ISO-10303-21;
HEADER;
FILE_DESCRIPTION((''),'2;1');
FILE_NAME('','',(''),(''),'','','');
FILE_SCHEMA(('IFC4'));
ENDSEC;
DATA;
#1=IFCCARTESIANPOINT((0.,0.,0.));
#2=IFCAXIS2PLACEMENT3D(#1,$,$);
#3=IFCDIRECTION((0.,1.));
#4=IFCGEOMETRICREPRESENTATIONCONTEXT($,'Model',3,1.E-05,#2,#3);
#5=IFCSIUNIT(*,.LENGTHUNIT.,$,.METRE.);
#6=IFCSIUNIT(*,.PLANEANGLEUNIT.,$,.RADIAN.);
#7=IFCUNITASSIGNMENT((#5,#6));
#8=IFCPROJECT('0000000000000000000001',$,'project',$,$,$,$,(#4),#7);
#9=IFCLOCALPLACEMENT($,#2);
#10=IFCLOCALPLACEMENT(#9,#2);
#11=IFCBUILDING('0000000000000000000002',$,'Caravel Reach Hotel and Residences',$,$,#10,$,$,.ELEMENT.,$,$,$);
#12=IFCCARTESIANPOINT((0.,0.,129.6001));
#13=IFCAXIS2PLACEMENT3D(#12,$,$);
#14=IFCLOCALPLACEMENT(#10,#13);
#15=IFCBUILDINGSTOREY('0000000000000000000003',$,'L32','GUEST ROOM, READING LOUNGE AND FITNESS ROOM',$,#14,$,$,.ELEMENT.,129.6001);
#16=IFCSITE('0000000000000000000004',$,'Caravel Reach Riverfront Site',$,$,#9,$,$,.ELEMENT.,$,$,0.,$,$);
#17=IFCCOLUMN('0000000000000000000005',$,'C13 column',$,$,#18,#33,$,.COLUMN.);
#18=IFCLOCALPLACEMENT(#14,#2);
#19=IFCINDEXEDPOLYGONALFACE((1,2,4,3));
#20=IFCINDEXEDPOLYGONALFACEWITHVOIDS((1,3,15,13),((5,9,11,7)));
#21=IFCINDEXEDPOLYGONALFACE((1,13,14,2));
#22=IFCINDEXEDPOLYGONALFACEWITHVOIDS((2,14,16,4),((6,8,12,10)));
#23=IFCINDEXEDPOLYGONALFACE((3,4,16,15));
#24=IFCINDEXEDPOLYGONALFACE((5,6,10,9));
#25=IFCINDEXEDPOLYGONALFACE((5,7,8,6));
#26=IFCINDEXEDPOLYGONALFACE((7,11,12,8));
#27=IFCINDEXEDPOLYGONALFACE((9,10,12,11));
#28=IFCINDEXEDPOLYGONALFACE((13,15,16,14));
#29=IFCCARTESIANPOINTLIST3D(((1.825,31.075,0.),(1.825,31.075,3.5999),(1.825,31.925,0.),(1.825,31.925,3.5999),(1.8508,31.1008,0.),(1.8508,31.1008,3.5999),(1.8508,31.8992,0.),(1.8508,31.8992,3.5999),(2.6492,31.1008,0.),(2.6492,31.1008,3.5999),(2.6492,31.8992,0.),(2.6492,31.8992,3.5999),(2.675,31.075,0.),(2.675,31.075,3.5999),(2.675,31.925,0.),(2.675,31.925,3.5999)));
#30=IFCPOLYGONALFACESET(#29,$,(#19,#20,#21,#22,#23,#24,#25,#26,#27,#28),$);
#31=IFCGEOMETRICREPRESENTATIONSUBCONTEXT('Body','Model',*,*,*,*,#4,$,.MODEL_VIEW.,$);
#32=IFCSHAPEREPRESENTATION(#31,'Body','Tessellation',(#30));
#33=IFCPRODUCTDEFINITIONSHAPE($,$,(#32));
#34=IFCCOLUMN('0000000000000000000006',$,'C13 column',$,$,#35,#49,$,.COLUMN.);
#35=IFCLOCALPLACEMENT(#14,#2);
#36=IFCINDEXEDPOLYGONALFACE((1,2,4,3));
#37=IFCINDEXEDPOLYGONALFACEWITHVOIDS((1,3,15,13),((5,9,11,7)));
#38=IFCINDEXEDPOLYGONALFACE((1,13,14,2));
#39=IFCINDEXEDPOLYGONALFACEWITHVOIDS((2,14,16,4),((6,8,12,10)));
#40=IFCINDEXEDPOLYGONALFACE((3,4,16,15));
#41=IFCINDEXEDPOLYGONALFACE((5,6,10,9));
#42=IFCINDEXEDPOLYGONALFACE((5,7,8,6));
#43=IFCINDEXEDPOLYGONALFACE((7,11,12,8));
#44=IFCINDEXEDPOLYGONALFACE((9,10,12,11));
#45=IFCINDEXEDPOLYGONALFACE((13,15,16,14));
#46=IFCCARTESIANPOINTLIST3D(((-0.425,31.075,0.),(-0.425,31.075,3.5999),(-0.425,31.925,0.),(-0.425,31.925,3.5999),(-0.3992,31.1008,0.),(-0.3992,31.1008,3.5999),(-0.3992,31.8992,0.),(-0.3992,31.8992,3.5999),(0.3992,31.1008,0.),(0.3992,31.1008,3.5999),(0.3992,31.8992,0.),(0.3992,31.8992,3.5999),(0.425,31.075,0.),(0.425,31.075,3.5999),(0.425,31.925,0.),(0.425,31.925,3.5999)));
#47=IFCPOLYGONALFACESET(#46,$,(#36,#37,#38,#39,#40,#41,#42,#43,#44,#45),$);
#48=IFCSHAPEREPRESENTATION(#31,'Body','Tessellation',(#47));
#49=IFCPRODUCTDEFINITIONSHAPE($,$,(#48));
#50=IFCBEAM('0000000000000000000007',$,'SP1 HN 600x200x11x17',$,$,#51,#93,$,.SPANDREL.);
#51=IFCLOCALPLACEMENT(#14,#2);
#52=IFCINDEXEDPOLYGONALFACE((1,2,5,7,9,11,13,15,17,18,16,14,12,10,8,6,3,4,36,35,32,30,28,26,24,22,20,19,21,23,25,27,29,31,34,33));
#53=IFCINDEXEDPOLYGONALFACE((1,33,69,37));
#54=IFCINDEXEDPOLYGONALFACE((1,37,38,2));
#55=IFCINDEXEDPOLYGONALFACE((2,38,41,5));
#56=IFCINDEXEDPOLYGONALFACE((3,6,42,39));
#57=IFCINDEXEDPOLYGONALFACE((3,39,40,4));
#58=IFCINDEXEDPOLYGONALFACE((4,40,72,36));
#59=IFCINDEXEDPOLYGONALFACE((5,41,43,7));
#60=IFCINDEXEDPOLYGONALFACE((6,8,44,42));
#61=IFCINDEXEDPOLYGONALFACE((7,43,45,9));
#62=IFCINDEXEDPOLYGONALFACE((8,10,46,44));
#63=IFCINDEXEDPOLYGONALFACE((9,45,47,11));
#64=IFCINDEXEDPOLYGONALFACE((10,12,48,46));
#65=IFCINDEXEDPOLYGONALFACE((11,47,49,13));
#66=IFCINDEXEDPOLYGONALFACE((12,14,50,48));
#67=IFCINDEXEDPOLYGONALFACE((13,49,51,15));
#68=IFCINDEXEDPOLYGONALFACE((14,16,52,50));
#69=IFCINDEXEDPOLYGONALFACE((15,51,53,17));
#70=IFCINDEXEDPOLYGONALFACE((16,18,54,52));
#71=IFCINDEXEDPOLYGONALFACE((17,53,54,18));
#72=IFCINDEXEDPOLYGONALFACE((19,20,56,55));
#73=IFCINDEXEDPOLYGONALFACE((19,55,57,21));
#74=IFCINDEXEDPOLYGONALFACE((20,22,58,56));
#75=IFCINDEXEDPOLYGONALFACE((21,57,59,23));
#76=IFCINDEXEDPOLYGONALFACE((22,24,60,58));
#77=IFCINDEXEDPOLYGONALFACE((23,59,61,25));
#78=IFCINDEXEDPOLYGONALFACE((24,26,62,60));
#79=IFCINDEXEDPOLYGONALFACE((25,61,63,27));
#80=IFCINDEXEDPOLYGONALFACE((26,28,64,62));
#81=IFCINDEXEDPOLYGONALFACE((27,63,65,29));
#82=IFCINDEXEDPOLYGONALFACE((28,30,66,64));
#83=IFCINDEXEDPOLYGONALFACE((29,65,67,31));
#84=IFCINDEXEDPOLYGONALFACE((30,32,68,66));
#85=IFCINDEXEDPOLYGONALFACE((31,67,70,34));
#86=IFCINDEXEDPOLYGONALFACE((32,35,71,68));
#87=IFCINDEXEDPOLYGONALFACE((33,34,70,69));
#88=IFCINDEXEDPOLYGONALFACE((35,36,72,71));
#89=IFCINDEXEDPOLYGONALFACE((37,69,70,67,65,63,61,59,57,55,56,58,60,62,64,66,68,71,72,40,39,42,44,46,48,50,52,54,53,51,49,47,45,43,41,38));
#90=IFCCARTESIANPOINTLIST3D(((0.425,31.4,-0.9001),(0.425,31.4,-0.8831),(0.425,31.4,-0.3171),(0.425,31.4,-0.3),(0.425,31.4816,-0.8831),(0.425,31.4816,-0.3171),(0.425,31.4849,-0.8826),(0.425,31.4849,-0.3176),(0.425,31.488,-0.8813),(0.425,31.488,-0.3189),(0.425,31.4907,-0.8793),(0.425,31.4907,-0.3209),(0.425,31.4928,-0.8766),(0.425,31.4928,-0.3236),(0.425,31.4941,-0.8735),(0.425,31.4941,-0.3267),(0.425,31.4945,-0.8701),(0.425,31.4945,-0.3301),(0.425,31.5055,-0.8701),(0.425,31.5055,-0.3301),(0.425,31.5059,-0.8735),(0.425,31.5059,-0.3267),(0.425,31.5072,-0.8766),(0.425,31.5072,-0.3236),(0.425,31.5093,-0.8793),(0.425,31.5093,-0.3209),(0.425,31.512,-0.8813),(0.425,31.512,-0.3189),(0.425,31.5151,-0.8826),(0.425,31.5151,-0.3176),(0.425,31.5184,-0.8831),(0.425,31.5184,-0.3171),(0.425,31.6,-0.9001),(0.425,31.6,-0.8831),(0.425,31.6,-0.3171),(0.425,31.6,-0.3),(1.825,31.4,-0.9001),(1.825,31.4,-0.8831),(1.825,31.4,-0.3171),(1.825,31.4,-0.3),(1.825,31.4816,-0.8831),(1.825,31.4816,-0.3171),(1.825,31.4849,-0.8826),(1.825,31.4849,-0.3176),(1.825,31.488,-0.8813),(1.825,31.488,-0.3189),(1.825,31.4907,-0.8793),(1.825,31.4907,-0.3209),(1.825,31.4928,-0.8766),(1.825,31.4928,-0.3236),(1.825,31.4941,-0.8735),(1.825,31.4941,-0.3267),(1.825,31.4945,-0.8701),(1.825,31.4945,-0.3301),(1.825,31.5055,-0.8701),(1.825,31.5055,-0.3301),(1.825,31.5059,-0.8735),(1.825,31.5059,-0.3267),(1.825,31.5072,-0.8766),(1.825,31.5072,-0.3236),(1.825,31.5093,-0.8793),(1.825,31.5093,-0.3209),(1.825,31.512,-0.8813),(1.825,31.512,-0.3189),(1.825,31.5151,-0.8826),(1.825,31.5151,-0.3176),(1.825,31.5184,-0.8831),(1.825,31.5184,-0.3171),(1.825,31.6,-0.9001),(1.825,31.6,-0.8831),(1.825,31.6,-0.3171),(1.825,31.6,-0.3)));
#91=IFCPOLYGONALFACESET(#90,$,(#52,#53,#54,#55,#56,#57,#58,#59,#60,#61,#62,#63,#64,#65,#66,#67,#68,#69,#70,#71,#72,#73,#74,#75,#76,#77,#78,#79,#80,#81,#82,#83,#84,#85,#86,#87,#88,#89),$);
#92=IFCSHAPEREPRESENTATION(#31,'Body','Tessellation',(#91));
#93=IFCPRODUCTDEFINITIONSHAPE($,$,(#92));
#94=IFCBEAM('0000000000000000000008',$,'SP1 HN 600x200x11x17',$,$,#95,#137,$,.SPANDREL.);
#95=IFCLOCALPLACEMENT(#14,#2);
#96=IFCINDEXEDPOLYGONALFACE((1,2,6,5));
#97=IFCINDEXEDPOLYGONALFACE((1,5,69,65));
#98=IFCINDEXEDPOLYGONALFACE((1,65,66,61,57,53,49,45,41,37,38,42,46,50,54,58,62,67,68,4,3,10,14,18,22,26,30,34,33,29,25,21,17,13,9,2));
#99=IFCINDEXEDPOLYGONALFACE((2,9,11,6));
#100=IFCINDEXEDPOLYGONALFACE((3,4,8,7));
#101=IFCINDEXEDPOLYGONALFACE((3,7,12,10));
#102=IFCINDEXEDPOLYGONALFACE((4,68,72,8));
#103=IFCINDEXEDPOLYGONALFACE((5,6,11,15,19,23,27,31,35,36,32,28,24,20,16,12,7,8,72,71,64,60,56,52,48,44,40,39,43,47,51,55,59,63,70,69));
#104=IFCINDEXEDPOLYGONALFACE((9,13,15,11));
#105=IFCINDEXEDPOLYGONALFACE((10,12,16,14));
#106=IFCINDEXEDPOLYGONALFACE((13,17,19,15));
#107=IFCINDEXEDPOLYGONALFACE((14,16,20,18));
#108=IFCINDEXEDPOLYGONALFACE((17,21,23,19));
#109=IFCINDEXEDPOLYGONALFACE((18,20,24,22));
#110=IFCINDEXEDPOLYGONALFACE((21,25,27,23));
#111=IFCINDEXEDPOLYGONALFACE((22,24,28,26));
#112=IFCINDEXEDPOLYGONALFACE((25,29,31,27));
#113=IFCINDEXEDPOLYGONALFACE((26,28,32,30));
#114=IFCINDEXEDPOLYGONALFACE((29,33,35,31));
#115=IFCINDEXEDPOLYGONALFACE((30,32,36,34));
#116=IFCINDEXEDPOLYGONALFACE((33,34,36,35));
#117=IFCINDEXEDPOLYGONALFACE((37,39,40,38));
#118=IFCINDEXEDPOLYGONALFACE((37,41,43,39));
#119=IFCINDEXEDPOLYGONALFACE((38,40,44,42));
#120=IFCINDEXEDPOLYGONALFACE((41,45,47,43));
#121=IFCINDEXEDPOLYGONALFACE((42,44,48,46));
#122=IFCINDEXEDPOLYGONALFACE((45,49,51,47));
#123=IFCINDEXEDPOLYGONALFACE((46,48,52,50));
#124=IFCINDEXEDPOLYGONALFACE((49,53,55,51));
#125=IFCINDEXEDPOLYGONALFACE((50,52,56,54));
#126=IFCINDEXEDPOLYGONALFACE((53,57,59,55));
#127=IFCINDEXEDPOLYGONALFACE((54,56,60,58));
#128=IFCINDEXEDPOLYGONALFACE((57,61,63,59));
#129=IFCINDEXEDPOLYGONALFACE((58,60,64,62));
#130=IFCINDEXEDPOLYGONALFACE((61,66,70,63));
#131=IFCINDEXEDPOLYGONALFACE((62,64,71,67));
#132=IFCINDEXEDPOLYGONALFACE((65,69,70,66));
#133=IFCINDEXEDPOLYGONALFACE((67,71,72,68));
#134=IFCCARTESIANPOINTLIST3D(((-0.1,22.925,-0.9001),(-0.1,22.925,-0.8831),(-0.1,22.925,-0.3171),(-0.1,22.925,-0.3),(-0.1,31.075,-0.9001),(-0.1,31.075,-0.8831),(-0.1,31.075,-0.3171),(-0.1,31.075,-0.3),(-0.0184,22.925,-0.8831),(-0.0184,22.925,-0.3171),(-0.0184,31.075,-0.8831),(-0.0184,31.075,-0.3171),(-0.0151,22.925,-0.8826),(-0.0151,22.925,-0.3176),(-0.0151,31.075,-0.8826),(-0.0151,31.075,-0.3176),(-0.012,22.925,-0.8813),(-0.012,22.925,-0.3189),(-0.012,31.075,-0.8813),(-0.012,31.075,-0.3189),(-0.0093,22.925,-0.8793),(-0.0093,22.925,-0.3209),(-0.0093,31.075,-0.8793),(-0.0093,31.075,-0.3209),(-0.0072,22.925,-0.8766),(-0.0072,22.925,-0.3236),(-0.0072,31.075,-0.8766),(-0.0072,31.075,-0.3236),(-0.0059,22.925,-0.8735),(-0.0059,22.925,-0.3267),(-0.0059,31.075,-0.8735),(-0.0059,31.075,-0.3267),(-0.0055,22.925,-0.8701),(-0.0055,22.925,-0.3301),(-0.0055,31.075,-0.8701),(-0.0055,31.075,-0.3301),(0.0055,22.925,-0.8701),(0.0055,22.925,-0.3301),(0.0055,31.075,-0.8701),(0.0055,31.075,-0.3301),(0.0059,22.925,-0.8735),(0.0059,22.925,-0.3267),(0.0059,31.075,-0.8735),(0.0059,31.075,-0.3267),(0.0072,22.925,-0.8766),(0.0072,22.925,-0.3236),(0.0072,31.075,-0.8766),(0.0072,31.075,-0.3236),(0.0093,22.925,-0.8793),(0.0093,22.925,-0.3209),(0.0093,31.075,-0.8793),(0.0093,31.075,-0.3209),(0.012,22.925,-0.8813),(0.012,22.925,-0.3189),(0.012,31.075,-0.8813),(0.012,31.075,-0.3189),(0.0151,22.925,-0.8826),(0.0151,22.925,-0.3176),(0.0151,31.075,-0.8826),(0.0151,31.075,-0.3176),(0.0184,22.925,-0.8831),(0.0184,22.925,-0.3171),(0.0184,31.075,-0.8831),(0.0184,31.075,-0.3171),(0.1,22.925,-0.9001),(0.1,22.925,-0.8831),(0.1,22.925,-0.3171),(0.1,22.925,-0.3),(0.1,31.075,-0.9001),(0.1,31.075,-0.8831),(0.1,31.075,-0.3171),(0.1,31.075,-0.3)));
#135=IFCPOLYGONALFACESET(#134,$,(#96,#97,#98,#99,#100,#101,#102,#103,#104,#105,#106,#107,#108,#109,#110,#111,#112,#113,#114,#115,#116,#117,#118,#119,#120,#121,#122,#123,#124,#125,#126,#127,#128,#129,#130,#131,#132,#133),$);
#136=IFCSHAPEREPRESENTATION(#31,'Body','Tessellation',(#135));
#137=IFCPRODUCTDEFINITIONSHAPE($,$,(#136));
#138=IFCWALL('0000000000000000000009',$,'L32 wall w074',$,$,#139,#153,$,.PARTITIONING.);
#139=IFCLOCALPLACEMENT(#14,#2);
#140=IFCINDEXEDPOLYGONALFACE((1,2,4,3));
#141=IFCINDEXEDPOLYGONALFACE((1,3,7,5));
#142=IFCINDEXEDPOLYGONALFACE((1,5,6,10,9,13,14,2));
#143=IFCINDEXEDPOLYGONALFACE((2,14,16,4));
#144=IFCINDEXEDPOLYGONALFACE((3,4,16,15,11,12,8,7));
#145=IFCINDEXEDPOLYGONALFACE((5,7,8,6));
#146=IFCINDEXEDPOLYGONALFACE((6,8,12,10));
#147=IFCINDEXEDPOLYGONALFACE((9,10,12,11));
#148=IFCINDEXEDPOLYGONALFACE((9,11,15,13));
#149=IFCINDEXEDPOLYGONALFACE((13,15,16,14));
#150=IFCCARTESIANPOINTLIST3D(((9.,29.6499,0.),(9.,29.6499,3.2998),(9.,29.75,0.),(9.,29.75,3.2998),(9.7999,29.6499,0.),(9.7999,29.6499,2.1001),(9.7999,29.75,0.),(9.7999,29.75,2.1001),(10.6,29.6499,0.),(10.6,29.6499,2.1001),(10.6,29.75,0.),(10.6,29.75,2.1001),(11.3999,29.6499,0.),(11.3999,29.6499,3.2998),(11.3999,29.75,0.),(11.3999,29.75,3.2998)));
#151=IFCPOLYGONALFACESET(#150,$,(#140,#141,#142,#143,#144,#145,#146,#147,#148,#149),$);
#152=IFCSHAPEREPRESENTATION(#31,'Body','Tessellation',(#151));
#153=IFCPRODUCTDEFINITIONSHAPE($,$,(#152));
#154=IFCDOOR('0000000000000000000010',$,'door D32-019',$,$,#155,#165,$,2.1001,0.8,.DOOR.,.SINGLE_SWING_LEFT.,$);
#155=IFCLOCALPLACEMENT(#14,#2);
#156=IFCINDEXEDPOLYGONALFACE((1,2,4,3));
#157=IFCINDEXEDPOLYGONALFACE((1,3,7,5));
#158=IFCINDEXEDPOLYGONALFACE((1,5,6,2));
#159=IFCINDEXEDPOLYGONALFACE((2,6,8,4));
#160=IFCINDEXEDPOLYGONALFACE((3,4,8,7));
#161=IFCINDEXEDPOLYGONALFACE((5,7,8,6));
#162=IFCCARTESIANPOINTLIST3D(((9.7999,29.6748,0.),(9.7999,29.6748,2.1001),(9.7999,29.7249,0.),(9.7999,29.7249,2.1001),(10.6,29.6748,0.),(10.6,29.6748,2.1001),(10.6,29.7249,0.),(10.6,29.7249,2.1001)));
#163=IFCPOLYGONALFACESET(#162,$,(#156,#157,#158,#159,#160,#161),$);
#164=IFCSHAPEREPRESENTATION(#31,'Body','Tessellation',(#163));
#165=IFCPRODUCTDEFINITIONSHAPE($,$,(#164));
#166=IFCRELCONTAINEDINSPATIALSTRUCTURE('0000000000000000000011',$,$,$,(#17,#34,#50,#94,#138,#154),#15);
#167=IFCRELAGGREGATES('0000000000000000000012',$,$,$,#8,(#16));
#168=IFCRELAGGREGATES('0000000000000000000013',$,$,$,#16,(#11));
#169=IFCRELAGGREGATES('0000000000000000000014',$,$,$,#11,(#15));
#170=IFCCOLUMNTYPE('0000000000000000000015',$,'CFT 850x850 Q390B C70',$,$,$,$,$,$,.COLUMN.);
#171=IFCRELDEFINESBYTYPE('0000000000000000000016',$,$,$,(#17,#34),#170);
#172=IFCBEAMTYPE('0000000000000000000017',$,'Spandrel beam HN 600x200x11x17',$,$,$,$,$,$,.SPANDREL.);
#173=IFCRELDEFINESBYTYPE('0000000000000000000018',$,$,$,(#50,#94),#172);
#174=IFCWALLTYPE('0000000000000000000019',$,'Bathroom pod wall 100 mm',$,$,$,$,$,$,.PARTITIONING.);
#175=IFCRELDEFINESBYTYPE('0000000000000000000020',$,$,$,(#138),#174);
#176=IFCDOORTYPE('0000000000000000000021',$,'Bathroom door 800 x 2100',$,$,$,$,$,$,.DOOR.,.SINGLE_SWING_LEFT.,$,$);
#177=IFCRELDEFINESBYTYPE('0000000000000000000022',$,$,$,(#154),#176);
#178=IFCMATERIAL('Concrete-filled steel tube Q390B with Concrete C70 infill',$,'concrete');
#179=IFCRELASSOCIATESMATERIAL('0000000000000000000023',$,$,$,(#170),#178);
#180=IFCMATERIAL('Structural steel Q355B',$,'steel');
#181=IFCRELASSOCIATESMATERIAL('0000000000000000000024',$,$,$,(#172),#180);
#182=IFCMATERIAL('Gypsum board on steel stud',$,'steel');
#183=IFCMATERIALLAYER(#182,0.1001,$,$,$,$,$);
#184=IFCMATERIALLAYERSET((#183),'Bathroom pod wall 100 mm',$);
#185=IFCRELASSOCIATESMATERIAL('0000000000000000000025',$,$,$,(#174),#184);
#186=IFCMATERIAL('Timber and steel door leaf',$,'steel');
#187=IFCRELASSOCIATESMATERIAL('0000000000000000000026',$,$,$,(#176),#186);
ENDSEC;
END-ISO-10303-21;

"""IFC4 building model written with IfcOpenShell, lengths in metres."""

from ifc_helpers import new_model, si_unit, direction, frame, frame_2d, origin, origin_2d, place, context, subcontext, project, spatial, rectangle, hollow_rectangle, i_section, extrude, material, layer, layer_set, material_profile, profile_set, type_object, element, fill, save


model = new_model("IFC4")

# Units and contexts
model_context = context("Model", 3, precision=1e-05, world=origin(), true_north=direction((0.0, 1.0)))
body_context = subcontext(model_context, "Body", "Model", "MODEL_VIEW")
ifc_project = project(units=[si_unit("LENGTHUNIT", "METRE"), si_unit("PLANEANGLEUNIT", "RADIAN")], contexts=[model_context])

# Site, building, storey
site_placement = place(None, origin())
site = spatial("IfcSite", under=ifc_project, at=site_placement, Name="Caravel Reach Riverfront Site", CompositionType="ELEMENT", RefElevation=0.0)
building_placement = place(site_placement, origin())
building = spatial("IfcBuilding", under=site, at=building_placement, Name="Caravel Reach Hotel and Residences", CompositionType="ELEMENT")
storey_placement = place(building_placement, frame((0.0, 0.0, 129.6001)))
storey = spatial("IfcBuildingStorey", under=building, at=storey_placement, Name="L32", Description="GUEST ROOM, READING LOUNGE AND FITNESS ROOM", CompositionType="ELEMENT", Elevation=129.6001)

# Columns
ifc_material_1 = material(Name="Concrete-filled steel tube Q390B with Concrete C70 infill", Category="concrete")
ifc_material_profile_1 = material_profile(ifc_material_1, hollow_rectangle(XDim=0.8501, YDim=0.8501, WallThickness=0.0259, at=origin_2d()), Name="RHS 850x850x26")
ifc_profile_set_1 = profile_set([ifc_material_profile_1], Name="Concrete-filled steel tube Q390B with Concrete C70 infill")
column_type = type_object("IfcColumnType", Name="CFT 850x850 Q390B C70", PredefinedType="COLUMN", material=ifc_profile_set_1)
for number, where, z_axis, x_axis, name in (
    (1, (2.25, 31.5, 0.0), (0.0, 0.0, 1.0), (1.0, 0.0, 0.0), "C13 column"),
    (2, (0.0, 31.5, 0.0), (0.0, 0.0, 1.0), (1.0, 0.0, 0.0), "C13 column"),
):
    element("IfcColumn", number, at=place(storey_placement, frame(where, z_axis=z_axis, x_axis=x_axis)), inside=storey, type_object=column_type, Name=name, PredefinedType="COLUMN", context=body_context, shape_type="SweptSolid", body=[
        extrude(hollow_rectangle(XDim=0.8501, YDim=0.8501, WallThickness=0.0259, at=origin_2d()), origin(), (0.0, 0.0, 1.0), 3.5999),
    ])

# Beams
ifc_material_2 = material(Name="Structural steel Q355B", Category="steel")
ifc_material_profile_2 = material_profile(ifc_material_2, i_section(OverallWidth=0.2, OverallDepth=0.6001, WebThickness=0.011, FlangeThickness=0.0171, FilletRadius=0.0129, at=origin_2d()), Name="HN 600x200x11x17")
ifc_profile_set_2 = profile_set([ifc_material_profile_2], Name="Structural steel Q355B")
beam_type = type_object("IfcBeamType", Name="Spandrel beam HN 600x200x11x17", PredefinedType="SPANDREL", material=ifc_profile_set_2)
beam_1_placement = place(storey_placement, frame((1.825, 31.5, -0.6001), z_axis=(-1.0, 0.0, 0.0), x_axis=(0.0, -1.0, 0.0)))
element("IfcBeam", 3, at=beam_1_placement, inside=storey, type_object=beam_type, Name="SP1 HN 600x200x11x17", PredefinedType="SPANDREL", context=body_context, shape_type="SweptSolid", body=[
    extrude(i_section(OverallWidth=0.2, OverallDepth=0.6001, WebThickness=0.011, FlangeThickness=0.0171, FilletRadius=0.0129, at=origin_2d()), origin(), (0.0, 0.0, 1.0), 1.3999),
])
beam_2_placement = place(storey_placement, frame((0.0, 31.075, -0.6001), z_axis=(0.0, -1.0, 0.0), x_axis=(1.0, 0.0, 0.0)))
element("IfcBeam", 4, at=beam_2_placement, inside=storey, type_object=beam_type, Name="SP1 HN 600x200x11x17", PredefinedType="SPANDREL", context=body_context, shape_type="SweptSolid", body=[
    extrude(i_section(OverallWidth=0.2, OverallDepth=0.6001, WebThickness=0.011, FlangeThickness=0.0171, FilletRadius=0.0129, at=origin_2d()), origin(), (0.0, 0.0, 1.0), 8.1499),
])

# Wall, opening, door
ifc_material_3 = material(Name="Gypsum board on steel stud", Category="steel")
ifc_layer_1 = layer(ifc_material_3, 0.1001)
ifc_layer_set_1 = layer_set([ifc_layer_1], Name="Bathroom pod wall 100 mm")
wall_type_1 = type_object("IfcWallType", Name="Bathroom pod wall 100 mm", PredefinedType="PARTITIONING", material=ifc_layer_set_1)
wall_1_placement = place(storey_placement, frame((9.0, 29.7, 0.0), z_axis=(0.0, 0.0, 1.0), x_axis=(1.0, 0.0, 0.0)))
wall_1 = element("IfcWall", 5, at=wall_1_placement, inside=storey, type_object=wall_type_1, Name="L32 wall w074", PredefinedType="PARTITIONING", context=body_context, shape_type="SweptSolid", body=[
    extrude(rectangle(XDim=2.3999, YDim=0.1001, at=frame_2d((1.2, 0.0))), origin(), (0.0, 0.0, 1.0), 3.2998),
])
opening_1_placement = place(wall_1_placement, frame((0.8, 0.0, 0.0)))
opening_1 = element("IfcOpeningElement", 6, at=opening_1_placement, cuts=wall_1, PredefinedType="OPENING", context=body_context, shape_type="SweptSolid", body=[
    extrude(rectangle(XDim=0.8, YDim=2.1001, at=frame_2d((0.3999, 1.05))), frame((0.0, 0.0601, 0.0), z_axis=(0.0, -1.0, 0.0), x_axis=(1.0, 0.0, 0.0)), (0.0, 0.0, 1.0), 0.1201),
])
ifc_material_4 = material(Name="Timber and steel door leaf", Category="steel")
door_type_1 = type_object("IfcDoorType", Name="Bathroom door 800 x 2100", OperationType="SINGLE_SWING_LEFT", PredefinedType="DOOR", material=ifc_material_4)
door_1_placement = place(opening_1_placement, origin())
door_1 = element("IfcDoor", 7, at=door_1_placement, inside=storey, type_object=door_type_1, Name="door D32-019", OperationType="SINGLE_SWING_LEFT", OverallHeight=2.1001, OverallWidth=0.8, PredefinedType="DOOR", context=body_context, shape_type="SweptSolid", body=[
    extrude(rectangle(XDim=0.8, YDim=2.1001, at=frame_2d((0.3999, 1.05))), frame((0.0, 0.0249, 0.0), z_axis=(0.0, -1.0, 0.0), x_axis=(1.0, 0.0, 0.0)), (0.0, 0.0, 1.0), 0.05),
])
fill(opening_1, door_1)

save(model, "model.ifc")
